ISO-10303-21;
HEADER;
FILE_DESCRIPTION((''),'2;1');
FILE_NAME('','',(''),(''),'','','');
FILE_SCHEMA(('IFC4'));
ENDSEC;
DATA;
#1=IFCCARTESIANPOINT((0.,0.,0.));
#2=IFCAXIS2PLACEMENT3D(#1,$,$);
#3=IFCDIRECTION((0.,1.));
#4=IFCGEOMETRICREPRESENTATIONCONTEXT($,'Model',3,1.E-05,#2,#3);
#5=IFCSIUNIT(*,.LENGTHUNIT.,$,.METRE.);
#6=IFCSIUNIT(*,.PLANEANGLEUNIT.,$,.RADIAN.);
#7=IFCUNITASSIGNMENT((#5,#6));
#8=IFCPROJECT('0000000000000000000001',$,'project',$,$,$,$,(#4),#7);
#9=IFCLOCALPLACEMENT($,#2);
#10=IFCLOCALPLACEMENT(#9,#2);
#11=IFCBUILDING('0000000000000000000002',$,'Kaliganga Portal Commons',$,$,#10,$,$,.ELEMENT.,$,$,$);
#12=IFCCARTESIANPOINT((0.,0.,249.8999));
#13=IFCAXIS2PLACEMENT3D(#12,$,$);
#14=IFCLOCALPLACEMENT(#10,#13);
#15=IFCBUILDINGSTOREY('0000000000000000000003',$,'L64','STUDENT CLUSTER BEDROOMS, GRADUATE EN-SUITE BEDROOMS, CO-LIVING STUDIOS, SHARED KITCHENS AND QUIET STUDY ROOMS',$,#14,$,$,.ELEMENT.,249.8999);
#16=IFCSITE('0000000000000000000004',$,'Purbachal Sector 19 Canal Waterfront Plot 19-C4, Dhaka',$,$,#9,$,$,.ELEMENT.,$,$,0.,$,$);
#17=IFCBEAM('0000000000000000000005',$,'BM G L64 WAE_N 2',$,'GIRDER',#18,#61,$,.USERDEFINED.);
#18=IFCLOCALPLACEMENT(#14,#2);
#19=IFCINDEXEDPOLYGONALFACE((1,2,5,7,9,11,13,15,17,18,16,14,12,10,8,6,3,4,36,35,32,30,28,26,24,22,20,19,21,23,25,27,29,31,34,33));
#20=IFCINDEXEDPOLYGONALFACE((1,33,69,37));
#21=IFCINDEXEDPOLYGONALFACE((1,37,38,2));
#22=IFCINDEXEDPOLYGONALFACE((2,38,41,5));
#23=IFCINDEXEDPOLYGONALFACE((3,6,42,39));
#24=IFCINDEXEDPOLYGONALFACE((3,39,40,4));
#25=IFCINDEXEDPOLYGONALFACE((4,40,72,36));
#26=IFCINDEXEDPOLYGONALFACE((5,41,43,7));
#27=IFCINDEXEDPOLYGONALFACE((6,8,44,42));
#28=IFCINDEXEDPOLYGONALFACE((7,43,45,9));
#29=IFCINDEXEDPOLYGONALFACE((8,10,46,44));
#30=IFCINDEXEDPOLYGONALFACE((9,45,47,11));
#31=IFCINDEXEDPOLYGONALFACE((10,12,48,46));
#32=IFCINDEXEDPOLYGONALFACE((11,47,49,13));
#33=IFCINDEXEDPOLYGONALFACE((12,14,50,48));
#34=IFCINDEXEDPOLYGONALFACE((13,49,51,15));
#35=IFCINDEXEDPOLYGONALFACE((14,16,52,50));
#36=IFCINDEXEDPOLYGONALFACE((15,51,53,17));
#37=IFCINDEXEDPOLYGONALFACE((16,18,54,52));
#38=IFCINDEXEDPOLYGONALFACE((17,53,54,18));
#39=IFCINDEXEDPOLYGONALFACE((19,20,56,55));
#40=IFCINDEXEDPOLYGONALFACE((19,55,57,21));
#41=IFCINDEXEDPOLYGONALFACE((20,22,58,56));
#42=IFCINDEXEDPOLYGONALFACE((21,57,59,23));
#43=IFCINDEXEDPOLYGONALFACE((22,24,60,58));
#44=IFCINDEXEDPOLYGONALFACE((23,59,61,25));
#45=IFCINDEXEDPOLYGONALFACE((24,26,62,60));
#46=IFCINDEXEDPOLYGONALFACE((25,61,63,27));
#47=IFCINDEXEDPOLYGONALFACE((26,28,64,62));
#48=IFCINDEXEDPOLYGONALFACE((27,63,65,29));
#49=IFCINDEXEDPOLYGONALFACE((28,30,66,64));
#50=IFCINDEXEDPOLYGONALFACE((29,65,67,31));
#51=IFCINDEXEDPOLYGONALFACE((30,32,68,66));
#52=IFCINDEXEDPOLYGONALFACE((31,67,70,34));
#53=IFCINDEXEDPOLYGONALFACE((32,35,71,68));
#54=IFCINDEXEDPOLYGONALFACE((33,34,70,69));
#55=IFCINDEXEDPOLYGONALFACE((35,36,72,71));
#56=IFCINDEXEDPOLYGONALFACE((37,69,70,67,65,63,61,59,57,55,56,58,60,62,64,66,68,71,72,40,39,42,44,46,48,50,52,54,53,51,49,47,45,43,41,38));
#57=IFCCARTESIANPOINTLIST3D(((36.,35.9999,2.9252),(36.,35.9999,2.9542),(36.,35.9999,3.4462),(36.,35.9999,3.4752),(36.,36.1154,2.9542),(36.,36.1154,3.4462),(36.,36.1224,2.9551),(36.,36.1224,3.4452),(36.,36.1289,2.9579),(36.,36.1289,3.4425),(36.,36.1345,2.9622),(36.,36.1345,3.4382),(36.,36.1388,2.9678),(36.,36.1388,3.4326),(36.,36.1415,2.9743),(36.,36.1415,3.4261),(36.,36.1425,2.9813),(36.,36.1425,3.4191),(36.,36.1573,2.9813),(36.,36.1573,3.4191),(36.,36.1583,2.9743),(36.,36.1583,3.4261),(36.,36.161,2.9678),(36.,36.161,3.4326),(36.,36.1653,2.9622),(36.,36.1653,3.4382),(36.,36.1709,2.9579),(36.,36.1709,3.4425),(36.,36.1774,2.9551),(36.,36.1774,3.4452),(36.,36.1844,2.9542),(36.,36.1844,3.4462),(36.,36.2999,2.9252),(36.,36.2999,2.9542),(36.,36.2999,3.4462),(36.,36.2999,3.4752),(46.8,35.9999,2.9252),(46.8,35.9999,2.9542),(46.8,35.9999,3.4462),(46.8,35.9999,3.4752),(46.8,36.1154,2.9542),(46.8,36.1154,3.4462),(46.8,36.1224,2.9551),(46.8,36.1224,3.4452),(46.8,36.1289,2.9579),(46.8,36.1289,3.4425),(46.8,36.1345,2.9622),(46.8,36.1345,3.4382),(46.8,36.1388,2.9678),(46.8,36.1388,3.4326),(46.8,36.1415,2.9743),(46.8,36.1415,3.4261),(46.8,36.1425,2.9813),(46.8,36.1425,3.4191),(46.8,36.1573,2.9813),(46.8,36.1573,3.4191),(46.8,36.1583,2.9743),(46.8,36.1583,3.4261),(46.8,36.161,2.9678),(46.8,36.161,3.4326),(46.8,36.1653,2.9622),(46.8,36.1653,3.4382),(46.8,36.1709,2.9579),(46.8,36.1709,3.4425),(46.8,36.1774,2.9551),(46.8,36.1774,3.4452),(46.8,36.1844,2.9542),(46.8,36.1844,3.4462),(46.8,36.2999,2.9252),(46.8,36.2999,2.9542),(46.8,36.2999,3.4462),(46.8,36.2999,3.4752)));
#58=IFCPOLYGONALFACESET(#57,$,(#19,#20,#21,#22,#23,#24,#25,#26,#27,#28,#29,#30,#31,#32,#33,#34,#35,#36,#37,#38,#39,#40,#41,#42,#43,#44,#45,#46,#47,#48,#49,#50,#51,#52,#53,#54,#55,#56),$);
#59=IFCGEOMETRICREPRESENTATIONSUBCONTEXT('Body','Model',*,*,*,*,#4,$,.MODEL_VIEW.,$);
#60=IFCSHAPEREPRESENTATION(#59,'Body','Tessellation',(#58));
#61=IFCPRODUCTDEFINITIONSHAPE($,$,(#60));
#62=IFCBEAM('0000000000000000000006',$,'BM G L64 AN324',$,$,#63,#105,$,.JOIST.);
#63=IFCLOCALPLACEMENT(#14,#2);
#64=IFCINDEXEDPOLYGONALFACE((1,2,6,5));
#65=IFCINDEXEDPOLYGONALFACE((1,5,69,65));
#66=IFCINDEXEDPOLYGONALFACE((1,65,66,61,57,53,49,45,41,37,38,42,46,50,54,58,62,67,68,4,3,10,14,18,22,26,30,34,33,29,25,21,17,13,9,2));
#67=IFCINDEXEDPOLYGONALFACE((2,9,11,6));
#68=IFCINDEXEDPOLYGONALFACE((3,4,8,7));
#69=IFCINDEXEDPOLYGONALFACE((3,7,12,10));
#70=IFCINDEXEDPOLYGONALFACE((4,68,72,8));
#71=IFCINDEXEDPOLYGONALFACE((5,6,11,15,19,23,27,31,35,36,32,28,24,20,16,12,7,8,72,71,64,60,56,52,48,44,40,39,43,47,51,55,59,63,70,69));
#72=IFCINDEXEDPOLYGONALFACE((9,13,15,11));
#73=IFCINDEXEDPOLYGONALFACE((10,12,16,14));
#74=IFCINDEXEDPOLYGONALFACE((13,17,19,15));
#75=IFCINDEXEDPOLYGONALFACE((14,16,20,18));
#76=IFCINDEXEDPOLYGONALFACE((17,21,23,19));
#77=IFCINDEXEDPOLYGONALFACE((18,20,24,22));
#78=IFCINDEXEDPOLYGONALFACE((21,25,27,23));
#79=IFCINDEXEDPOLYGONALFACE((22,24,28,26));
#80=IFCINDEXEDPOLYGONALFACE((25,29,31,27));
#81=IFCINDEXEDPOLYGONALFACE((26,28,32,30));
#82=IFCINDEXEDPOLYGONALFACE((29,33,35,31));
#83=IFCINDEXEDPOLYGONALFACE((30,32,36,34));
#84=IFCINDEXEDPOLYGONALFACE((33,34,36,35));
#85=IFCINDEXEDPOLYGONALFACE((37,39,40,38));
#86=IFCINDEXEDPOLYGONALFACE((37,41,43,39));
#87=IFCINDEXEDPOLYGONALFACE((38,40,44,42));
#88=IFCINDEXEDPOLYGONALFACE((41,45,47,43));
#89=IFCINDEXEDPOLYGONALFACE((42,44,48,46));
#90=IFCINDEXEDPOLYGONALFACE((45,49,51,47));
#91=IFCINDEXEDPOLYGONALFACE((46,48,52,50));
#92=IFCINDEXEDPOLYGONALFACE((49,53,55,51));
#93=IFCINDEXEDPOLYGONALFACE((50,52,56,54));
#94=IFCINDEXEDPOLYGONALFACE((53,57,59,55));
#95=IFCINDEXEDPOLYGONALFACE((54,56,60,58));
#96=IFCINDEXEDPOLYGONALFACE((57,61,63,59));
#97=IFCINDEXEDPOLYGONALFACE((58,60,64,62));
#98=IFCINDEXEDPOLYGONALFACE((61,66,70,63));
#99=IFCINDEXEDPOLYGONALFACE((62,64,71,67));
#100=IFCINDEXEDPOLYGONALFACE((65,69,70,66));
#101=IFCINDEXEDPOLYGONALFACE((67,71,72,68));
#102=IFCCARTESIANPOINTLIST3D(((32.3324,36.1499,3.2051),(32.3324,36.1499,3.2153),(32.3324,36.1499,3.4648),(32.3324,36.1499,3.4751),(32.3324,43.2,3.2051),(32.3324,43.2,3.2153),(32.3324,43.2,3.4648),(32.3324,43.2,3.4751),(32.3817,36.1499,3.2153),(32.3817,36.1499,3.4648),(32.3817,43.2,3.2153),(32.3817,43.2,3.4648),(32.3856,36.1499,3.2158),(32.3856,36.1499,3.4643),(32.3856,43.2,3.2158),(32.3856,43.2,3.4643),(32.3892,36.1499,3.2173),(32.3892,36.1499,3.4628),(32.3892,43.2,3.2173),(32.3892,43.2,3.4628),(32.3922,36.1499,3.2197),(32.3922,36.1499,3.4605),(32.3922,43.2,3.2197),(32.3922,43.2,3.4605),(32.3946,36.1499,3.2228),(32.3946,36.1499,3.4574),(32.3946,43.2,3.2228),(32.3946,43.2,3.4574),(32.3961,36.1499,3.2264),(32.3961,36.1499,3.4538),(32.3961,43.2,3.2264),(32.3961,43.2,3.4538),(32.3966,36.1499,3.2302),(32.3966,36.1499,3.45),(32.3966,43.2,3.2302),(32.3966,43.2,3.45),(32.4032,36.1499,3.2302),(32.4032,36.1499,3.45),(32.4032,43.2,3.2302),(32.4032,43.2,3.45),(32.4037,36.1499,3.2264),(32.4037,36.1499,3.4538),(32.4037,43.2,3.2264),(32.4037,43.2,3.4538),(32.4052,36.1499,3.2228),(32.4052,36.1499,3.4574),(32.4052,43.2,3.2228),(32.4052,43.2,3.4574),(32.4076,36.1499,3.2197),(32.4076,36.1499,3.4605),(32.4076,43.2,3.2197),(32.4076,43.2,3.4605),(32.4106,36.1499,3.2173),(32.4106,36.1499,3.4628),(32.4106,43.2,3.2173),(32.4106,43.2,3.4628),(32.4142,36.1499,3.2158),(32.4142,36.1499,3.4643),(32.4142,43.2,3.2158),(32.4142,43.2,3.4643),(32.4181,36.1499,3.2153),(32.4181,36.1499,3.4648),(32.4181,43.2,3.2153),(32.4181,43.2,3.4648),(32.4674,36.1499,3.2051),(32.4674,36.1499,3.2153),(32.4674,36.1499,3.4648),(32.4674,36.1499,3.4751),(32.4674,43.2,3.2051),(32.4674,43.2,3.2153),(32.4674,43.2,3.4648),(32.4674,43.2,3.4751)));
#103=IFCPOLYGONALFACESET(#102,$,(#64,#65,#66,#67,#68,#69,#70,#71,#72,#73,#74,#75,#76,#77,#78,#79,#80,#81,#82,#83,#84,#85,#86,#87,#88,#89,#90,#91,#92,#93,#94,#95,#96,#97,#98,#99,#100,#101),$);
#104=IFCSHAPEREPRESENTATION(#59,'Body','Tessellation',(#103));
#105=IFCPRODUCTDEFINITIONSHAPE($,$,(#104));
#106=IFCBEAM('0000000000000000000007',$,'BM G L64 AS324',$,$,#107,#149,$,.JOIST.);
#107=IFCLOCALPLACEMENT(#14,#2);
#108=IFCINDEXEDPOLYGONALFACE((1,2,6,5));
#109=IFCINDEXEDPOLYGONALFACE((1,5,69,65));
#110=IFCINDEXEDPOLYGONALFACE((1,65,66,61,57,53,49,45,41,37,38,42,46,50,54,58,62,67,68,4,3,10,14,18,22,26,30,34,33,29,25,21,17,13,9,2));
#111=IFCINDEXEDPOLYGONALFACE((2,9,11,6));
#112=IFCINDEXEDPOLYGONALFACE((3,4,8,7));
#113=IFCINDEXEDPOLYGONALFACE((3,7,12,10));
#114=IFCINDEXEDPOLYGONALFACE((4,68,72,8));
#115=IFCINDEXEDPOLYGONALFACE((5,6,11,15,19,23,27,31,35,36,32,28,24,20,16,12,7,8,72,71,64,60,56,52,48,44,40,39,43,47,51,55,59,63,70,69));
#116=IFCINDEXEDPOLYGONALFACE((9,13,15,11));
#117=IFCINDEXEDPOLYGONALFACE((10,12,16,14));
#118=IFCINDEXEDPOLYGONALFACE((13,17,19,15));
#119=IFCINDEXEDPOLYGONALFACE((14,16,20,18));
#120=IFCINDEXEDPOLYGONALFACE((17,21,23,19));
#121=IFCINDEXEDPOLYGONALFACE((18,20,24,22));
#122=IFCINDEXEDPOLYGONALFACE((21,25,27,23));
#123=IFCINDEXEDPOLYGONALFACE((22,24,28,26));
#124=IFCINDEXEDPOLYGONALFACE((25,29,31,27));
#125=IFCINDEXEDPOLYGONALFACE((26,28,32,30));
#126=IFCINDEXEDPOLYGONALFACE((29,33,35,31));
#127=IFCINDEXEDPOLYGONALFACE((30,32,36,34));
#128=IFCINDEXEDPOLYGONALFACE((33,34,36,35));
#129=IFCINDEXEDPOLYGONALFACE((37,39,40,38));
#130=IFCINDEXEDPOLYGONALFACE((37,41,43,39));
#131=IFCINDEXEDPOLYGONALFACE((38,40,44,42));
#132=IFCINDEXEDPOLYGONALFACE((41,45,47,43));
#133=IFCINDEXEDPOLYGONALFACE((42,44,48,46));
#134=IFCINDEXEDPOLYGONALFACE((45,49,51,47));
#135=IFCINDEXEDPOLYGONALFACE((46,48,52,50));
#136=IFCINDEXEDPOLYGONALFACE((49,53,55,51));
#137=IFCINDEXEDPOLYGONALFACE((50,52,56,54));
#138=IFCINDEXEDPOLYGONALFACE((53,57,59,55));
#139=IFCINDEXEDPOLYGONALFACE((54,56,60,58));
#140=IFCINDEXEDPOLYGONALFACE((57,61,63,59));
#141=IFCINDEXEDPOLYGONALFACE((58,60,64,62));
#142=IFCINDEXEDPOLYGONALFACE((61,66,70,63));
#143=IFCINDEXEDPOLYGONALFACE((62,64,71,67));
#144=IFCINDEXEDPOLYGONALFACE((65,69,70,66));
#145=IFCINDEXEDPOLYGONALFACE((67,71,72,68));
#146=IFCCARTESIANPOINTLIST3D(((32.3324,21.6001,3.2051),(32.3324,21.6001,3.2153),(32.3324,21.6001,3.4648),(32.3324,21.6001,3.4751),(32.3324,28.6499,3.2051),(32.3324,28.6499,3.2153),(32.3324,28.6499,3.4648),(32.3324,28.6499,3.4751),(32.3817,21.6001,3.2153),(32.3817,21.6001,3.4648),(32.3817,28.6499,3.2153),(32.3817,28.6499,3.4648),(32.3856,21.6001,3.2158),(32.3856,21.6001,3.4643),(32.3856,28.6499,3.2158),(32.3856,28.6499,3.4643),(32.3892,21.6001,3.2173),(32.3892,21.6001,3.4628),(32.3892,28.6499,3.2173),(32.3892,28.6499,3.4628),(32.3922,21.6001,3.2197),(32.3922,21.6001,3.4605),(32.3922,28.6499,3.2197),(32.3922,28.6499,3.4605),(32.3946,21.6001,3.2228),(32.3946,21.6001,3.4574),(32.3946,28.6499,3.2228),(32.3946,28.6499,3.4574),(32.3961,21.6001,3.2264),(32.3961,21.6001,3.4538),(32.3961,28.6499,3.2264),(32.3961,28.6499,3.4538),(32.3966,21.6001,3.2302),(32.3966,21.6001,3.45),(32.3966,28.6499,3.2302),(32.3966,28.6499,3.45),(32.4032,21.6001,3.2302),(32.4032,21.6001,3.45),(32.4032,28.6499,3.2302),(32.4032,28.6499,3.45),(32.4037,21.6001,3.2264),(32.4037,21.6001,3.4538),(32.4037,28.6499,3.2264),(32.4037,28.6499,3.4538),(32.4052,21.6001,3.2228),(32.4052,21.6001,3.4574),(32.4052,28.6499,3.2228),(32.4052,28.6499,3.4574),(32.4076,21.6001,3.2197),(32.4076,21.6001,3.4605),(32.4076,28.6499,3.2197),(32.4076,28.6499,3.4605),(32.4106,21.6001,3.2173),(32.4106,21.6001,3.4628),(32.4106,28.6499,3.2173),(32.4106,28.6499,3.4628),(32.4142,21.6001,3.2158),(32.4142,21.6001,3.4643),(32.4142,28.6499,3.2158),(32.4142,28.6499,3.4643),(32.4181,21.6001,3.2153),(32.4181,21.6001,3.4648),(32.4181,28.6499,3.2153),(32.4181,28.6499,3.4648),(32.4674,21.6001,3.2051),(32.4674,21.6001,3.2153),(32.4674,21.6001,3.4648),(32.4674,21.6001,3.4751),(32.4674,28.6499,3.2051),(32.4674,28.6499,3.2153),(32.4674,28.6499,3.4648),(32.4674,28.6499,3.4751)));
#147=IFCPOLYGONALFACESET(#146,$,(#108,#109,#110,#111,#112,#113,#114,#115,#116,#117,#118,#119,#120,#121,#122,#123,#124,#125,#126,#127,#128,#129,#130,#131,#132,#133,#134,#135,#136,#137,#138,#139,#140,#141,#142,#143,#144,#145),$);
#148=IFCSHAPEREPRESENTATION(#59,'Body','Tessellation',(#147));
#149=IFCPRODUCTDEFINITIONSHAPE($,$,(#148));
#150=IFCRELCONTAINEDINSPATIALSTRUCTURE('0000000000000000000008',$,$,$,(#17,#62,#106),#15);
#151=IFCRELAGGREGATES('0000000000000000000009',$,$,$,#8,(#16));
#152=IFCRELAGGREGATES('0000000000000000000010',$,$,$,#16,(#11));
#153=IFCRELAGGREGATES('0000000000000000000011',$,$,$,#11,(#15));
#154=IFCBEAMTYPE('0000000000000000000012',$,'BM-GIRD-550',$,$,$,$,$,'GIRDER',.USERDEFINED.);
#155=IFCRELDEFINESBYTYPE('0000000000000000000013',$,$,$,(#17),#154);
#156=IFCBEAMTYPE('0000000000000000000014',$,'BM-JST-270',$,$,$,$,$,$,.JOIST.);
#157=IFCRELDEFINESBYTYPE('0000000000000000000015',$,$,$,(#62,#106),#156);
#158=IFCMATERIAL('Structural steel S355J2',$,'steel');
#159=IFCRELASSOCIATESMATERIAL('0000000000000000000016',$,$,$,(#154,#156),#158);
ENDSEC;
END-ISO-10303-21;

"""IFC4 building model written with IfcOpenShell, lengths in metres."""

from ifc_helpers import new_model, si_unit, direction, frame, origin, origin_2d, place, context, subcontext, project, spatial, i_section, extrude, source, transform, mapped, material, material_profile, profile_set, type_object, element, save


model = new_model("IFC4")

# Units and contexts
model_context = context("Model", 3, precision=1e-05, world=origin(), true_north=direction((0.0, 1.0)))
body_context = subcontext(model_context, "Body", "Model", "MODEL_VIEW")
ifc_project = project(units=[si_unit("LENGTHUNIT", "METRE"), si_unit("PLANEANGLEUNIT", "RADIAN")], contexts=[model_context])

# Site, building, storey
site_placement = place(None, origin())
site = spatial("IfcSite", under=ifc_project, at=site_placement, Name="Purbachal Sector 19 Canal Waterfront Plot 19-C4, Dhaka", CompositionType="ELEMENT", RefElevation=0.0)
building_placement = place(site_placement, origin())
building = spatial("IfcBuilding", under=site, at=building_placement, Name="Kaliganga Portal Commons", CompositionType="ELEMENT")
storey_placement = place(building_placement, frame((0.0, 0.0, 249.8999)))
storey = spatial("IfcBuildingStorey", under=building, at=storey_placement, Name="L64", Description="STUDENT CLUSTER BEDROOMS, GRADUATE EN-SUITE BEDROOMS, CO-LIVING STUDIOS, SHARED KITCHENS AND QUIET STUDY ROOMS", CompositionType="ELEMENT", Elevation=249.8999)

# Shared definitions
ifc_material_1 = material(Name="Structural steel S355J2", Category="steel")

# Beams
ifc_material_profile_1 = material_profile(ifc_material_1, i_section(OverallWidth=0.3, OverallDepth=0.55, WebThickness=0.0149, FlangeThickness=0.0291, FilletRadius=0.0271, at=origin_2d()), Name="HE 550 B")
ifc_profile_set_1 = profile_set([ifc_material_profile_1], Name="Structural steel S355J2 wide-flange")
beam_type_1 = type_object("IfcBeamType", Name="BM-GIRD-550", ElementType="GIRDER", PredefinedType="USERDEFINED", material=ifc_profile_set_1)
shared_shape_1 = source(origin(), body_context, "Body", "SweptSolid", [
    extrude(i_section(OverallWidth=0.3, OverallDepth=0.55, WebThickness=0.0149, FlangeThickness=0.0291, FilletRadius=0.0271, at=origin_2d()), origin(), (0.0, 0.0, 1.0), 10.8),
])
for number, where, z_axis, x_axis, name in (
    (1, (36.0, 36.1499, 3.2002), (1.0, 0.0, 0.0), (0.0, 1.0, 0.0), "BM G L64 WAE_N 2"),
):
    element("IfcBeam", number, at=place(storey_placement, frame(where, z_axis=z_axis, x_axis=x_axis)), inside=storey, type_object=beam_type_1, Name=name, ObjectType="GIRDER", PredefinedType="USERDEFINED", context=body_context, shape_type="MappedRepresentation", body=[
        mapped(shared_shape_1, transform((0.0, 0.0, 0.0), x_axis=(1.0, 0.0, 0.0), y_axis=(0.0, 1.0, 0.0), z_axis=(0.0, 0.0, 1.0), scale=1.0)),
    ])
ifc_material_profile_2 = material_profile(ifc_material_1, i_section(OverallWidth=0.135, OverallDepth=0.27, WebThickness=0.0066, FlangeThickness=0.0103, FilletRadius=0.0149, at=origin_2d()), Name="IPE 270")
ifc_profile_set_2 = profile_set([ifc_material_profile_2], Name="Structural steel S355J2 wide-flange")
beam_type_2 = type_object("IfcBeamType", Name="BM-JST-270", PredefinedType="JOIST", material=ifc_profile_set_2)
shared_shape_2 = source(origin(), body_context, "Body", "SweptSolid", [
    extrude(i_section(OverallWidth=0.135, OverallDepth=0.27, WebThickness=0.0066, FlangeThickness=0.0103, FilletRadius=0.0149, at=origin_2d()), origin(), (0.0, 0.0, 1.0), 7.05),
])
beam_1_placement = place(storey_placement, frame((32.3999, 36.1499, 3.3401), z_axis=(0.0, 1.0, 0.0), x_axis=(-1.0, 0.0, 0.0)))
element("IfcBeam", 2, at=beam_1_placement, inside=storey, type_object=beam_type_2, Name="BM G L64 AN324", PredefinedType="JOIST", context=body_context, shape_type="MappedRepresentation", body=[
    mapped(shared_shape_2, transform((0.0, 0.0, 0.0), x_axis=(1.0, 0.0, 0.0), y_axis=(0.0, 1.0, 0.0), z_axis=(0.0, 0.0, 1.0), scale=1.0)),
])
shared_shape_3 = source(origin(), body_context, "Body", "SweptSolid", [
    extrude(i_section(OverallWidth=0.135, OverallDepth=0.27, WebThickness=0.0066, FlangeThickness=0.0103, FilletRadius=0.0149, at=origin_2d()), origin(), (0.0, 0.0, 1.0), 7.0498),
])
beam_2_placement = place(storey_placement, frame((32.3999, 21.6001, 3.3401), z_axis=(0.0, 1.0, 0.0), x_axis=(-1.0, 0.0, 0.0)))
element("IfcBeam", 3, at=beam_2_placement, inside=storey, type_object=beam_type_2, Name="BM G L64 AS324", PredefinedType="JOIST", context=body_context, shape_type="MappedRepresentation", body=[
    mapped(shared_shape_3, transform((0.0, 0.0, 0.0), x_axis=(1.0, 0.0, 0.0), y_axis=(0.0, 1.0, 0.0), z_axis=(0.0, 0.0, 1.0), scale=1.0)),
])

save(model, "model.ifc")
